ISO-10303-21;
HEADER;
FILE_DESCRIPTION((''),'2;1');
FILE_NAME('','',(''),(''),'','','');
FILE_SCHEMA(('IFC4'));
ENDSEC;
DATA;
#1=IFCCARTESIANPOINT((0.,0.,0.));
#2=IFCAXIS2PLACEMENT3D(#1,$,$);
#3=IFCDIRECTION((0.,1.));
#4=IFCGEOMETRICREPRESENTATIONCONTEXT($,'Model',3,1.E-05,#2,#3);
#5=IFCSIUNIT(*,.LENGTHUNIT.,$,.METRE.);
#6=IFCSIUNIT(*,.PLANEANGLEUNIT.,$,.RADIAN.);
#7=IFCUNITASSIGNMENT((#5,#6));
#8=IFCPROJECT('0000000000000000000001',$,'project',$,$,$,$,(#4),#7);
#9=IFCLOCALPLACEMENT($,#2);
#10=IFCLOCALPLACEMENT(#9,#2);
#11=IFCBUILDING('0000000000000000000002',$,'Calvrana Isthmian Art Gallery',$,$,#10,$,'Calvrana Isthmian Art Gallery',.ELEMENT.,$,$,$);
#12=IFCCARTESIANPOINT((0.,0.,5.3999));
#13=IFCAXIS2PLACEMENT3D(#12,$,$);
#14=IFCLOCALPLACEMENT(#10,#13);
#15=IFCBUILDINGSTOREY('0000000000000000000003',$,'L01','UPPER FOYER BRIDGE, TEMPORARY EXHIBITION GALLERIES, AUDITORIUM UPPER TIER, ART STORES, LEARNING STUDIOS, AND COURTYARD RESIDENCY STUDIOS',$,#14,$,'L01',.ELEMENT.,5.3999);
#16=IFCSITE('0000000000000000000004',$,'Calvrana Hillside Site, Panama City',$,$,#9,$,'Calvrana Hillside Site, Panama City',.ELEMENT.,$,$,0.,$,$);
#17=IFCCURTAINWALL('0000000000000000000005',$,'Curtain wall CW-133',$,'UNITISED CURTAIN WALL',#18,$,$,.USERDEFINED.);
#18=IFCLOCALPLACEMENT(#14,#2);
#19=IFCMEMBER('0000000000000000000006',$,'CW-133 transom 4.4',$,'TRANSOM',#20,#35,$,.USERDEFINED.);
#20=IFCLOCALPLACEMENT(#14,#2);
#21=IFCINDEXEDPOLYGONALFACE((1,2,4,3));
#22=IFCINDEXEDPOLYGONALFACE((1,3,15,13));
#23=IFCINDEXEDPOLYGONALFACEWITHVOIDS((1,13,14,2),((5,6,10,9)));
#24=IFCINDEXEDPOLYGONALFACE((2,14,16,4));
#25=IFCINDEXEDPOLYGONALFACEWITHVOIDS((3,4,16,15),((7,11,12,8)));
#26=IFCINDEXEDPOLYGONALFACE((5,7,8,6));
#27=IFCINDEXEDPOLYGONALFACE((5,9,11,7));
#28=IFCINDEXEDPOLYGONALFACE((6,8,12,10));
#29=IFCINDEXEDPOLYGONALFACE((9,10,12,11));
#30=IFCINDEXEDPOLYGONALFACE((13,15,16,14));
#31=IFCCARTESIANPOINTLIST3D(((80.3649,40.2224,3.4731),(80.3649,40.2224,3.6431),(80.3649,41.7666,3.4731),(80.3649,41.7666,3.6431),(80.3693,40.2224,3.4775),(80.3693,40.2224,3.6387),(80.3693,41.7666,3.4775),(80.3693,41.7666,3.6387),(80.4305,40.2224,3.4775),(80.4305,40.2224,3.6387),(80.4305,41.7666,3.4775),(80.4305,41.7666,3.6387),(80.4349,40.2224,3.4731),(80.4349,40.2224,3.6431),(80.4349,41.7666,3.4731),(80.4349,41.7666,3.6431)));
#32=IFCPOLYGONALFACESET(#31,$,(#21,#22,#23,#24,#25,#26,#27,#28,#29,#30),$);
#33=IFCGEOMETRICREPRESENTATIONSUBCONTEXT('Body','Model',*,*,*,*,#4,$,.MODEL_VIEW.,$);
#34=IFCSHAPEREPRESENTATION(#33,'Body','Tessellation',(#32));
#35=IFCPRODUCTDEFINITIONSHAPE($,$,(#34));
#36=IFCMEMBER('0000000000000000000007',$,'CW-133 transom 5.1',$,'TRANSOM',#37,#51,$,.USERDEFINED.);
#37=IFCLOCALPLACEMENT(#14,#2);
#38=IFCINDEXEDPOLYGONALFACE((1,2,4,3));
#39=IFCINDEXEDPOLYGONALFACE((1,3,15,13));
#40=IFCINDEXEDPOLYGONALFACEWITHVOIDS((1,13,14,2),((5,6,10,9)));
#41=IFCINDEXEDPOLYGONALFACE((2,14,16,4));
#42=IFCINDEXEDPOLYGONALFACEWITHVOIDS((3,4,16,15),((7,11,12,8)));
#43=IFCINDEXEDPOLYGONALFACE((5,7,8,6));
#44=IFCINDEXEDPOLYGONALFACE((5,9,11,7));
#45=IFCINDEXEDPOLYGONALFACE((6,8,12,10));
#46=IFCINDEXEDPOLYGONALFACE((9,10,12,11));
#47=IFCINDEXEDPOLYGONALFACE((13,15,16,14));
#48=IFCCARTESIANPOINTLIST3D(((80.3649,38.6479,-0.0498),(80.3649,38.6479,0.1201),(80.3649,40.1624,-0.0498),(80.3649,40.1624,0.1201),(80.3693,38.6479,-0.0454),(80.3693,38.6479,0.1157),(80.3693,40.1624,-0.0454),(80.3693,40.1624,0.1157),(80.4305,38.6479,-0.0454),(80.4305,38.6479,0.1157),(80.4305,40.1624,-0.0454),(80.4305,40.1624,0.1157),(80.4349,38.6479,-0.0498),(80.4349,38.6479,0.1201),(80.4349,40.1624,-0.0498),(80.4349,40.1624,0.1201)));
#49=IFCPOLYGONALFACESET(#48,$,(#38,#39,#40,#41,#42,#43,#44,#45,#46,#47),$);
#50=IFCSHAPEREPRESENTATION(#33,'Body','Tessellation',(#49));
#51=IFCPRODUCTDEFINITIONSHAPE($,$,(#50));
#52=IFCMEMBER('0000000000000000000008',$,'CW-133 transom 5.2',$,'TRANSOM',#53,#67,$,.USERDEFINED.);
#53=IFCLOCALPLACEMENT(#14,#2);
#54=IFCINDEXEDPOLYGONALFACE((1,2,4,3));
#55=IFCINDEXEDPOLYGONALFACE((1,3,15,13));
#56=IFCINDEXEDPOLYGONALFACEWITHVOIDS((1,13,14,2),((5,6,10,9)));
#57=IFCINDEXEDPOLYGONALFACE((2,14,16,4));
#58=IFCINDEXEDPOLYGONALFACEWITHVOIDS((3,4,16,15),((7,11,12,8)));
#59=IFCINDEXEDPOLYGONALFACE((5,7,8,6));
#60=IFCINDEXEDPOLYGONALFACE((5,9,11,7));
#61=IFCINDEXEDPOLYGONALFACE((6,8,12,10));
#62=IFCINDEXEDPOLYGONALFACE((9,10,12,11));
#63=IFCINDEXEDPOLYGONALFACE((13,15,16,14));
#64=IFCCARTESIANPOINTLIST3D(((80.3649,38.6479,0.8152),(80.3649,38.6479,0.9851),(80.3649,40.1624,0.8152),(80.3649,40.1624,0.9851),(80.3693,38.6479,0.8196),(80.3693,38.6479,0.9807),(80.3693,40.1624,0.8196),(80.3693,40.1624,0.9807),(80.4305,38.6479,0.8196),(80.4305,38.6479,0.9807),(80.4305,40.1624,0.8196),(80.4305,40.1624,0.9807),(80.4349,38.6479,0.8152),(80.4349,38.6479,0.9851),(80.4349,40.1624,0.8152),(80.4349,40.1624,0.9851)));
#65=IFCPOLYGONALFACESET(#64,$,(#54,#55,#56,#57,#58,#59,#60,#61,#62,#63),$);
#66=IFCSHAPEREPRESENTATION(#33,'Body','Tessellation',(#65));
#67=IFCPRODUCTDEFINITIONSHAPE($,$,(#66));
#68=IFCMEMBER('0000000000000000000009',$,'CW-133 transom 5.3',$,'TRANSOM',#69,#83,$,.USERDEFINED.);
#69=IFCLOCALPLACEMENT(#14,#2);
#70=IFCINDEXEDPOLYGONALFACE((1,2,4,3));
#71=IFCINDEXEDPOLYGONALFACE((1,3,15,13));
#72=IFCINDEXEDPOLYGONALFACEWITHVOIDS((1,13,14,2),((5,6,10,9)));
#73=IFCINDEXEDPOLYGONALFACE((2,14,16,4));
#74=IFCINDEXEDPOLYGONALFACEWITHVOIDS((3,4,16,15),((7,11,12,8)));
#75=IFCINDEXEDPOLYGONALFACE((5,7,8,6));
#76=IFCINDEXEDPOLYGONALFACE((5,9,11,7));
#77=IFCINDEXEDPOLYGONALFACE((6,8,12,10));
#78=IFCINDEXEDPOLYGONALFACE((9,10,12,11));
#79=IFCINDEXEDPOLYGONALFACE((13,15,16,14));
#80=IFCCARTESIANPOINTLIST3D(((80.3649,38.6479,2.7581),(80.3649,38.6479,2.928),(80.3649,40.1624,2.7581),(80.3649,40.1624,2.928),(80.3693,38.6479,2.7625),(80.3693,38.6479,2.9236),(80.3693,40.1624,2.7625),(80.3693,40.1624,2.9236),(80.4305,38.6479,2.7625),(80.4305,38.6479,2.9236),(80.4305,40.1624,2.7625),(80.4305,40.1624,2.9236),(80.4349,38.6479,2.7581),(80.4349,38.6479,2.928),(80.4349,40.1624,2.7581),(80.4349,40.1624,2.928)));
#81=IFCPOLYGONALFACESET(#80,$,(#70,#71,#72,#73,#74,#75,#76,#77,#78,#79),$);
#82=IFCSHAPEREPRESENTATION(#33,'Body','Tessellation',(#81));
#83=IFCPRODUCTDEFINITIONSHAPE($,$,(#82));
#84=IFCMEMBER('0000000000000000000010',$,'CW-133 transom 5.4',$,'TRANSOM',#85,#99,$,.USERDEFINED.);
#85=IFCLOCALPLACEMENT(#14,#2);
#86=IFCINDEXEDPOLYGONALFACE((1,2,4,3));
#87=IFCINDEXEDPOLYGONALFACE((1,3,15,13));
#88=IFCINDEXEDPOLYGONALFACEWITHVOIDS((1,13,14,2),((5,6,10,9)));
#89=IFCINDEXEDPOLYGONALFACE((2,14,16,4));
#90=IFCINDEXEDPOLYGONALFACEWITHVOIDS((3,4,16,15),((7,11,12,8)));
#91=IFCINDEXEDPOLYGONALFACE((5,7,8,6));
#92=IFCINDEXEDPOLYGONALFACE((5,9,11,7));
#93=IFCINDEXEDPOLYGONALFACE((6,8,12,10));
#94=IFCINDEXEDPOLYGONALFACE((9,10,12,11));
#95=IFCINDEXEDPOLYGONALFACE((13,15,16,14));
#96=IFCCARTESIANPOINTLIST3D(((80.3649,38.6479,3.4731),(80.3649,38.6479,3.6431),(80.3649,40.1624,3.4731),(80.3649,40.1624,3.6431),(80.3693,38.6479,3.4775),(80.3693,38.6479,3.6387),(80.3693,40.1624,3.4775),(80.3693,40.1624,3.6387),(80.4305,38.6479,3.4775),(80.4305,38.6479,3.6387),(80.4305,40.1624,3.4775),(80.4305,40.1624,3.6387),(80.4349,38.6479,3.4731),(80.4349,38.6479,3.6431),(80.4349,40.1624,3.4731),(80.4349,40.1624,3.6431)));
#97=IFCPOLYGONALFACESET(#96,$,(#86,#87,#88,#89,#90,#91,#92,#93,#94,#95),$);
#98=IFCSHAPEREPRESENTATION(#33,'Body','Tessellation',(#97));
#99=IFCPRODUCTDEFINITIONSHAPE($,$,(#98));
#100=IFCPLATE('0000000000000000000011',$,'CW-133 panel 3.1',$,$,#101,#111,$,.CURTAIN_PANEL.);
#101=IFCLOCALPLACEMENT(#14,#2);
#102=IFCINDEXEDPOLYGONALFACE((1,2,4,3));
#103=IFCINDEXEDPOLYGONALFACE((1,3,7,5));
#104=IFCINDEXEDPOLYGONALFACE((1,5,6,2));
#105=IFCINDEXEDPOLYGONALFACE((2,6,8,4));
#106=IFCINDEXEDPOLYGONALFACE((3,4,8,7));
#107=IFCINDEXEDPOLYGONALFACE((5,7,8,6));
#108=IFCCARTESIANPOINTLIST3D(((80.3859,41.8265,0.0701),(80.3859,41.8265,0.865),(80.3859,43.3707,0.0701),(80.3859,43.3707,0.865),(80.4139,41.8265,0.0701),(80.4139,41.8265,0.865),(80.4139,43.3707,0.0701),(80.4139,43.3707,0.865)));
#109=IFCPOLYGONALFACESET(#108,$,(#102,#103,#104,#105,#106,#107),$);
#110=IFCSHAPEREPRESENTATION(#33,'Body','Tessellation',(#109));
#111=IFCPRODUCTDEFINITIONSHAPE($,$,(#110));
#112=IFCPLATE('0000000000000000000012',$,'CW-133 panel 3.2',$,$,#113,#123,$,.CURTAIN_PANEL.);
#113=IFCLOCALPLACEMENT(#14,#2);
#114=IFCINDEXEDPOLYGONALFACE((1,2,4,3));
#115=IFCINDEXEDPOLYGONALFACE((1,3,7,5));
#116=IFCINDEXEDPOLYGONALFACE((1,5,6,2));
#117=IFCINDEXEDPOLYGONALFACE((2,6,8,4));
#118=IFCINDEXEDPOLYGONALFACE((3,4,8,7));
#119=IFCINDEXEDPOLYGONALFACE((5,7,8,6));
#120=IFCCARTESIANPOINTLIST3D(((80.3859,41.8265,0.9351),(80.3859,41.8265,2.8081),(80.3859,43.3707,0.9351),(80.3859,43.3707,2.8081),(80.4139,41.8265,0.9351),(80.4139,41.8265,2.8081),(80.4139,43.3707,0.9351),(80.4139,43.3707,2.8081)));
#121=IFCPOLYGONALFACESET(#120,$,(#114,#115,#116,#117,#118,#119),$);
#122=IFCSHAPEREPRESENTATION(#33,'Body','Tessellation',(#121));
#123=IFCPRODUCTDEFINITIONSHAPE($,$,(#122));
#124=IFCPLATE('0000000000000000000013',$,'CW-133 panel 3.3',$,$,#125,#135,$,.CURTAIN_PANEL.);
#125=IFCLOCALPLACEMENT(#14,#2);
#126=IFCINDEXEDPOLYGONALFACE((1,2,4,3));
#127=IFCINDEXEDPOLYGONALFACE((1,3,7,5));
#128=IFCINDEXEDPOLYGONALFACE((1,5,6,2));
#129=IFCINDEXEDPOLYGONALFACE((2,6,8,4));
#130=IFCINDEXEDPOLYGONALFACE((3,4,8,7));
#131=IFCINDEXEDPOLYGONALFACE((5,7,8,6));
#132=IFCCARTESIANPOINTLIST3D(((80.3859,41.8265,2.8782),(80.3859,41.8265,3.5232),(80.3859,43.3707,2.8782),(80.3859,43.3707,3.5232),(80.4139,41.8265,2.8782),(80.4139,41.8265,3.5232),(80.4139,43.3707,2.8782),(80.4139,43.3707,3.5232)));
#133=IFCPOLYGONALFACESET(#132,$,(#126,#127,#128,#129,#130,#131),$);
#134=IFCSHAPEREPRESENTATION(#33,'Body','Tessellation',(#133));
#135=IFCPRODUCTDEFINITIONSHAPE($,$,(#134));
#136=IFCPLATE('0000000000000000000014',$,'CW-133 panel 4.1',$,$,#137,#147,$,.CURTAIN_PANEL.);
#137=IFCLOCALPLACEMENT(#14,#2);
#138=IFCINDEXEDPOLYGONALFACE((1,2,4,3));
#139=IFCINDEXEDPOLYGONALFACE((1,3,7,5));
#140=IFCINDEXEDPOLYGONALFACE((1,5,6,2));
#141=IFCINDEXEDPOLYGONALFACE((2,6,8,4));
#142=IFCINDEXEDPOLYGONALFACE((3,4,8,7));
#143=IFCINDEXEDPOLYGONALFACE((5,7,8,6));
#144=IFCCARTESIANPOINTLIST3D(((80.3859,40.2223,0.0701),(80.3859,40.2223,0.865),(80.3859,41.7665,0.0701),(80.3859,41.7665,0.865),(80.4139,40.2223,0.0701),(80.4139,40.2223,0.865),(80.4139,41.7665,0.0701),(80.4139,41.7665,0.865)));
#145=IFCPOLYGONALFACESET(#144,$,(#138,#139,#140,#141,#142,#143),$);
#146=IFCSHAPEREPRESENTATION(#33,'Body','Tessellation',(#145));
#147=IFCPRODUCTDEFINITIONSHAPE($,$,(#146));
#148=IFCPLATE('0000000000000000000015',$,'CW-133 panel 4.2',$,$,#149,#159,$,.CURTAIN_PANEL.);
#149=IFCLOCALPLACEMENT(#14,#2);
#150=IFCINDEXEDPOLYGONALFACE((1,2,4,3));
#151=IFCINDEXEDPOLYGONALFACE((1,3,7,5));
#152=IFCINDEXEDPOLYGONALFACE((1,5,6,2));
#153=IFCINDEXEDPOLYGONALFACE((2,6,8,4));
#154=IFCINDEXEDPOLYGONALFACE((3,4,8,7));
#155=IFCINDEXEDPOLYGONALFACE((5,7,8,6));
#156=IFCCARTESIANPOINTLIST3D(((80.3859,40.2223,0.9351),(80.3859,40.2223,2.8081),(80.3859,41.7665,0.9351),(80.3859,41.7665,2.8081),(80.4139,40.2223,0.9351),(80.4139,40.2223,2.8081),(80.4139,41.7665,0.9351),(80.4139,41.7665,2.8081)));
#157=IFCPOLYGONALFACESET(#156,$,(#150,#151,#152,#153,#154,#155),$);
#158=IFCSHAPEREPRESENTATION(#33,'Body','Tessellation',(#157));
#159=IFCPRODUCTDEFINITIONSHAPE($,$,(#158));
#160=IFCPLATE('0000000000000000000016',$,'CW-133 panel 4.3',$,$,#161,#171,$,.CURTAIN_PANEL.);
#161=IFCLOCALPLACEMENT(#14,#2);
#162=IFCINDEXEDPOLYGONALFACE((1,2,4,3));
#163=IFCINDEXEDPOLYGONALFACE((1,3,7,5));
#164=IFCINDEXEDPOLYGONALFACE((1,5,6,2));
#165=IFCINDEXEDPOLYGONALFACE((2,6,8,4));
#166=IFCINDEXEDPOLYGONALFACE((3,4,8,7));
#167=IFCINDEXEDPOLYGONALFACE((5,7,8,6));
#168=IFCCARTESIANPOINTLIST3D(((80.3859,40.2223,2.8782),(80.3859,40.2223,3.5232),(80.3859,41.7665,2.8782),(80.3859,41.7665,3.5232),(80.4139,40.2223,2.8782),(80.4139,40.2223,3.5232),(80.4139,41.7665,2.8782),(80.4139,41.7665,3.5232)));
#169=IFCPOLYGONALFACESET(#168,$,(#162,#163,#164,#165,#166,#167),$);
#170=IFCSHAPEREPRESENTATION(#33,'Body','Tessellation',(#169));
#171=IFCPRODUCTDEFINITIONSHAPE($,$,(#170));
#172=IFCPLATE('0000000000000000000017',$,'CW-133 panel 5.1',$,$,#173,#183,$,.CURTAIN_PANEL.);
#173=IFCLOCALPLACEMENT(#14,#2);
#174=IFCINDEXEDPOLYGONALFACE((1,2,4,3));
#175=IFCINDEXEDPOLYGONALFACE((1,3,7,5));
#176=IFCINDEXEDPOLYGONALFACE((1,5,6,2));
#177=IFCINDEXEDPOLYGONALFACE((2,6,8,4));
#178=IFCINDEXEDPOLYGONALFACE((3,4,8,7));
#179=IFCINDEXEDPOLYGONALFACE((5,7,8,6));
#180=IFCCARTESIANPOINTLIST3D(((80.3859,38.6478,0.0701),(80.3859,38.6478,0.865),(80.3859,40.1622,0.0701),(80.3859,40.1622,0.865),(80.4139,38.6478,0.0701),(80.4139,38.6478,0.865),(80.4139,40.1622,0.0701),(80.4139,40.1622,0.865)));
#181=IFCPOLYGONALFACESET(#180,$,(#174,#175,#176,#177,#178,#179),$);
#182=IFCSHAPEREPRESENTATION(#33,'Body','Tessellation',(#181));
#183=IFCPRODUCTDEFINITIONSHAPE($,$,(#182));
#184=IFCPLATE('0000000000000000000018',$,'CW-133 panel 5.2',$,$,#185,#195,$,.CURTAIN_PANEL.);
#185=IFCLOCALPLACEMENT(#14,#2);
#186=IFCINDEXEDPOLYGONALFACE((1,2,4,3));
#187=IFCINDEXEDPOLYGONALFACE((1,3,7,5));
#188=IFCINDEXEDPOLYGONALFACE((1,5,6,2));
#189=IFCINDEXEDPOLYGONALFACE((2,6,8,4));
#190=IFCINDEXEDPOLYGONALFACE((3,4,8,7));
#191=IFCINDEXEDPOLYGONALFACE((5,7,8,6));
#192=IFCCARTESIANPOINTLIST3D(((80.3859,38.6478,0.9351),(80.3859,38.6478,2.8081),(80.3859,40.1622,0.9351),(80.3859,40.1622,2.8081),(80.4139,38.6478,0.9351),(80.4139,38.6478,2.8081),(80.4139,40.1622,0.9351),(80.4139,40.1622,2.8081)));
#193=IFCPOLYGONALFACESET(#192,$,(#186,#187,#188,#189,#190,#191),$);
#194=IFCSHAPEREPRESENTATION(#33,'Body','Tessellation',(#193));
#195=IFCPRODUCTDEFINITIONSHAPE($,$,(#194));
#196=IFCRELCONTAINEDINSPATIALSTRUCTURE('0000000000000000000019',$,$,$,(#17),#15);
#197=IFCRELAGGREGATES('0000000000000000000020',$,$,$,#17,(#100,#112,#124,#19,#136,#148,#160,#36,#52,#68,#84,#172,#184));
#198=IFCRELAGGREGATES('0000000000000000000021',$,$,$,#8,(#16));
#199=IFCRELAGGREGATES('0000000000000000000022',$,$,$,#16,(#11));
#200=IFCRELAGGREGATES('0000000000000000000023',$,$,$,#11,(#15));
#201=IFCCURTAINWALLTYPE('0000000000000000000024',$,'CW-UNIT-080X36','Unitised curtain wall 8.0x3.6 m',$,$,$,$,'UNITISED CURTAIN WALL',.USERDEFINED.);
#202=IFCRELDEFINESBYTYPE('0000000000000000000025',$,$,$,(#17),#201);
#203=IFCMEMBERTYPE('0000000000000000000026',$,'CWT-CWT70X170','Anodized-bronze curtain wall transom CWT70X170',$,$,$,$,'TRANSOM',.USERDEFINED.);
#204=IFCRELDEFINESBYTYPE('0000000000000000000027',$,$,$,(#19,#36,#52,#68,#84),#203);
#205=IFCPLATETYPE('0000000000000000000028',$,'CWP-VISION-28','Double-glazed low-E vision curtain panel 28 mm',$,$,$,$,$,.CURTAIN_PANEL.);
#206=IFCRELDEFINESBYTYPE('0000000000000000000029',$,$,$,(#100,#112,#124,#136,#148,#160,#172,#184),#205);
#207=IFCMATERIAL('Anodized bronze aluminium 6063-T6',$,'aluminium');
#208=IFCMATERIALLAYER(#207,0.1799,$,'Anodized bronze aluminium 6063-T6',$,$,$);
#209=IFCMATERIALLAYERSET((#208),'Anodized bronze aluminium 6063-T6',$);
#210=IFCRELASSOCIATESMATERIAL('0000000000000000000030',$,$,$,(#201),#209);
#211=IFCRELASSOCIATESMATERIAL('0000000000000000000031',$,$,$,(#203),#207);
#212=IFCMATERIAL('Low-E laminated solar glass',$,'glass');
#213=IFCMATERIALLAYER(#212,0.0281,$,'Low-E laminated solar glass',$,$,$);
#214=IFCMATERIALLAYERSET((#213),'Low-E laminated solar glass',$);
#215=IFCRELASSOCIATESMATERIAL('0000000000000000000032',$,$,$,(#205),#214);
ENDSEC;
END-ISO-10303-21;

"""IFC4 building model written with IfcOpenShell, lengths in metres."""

from ifc_helpers import new_model, si_unit, direction, frame, origin, origin_2d, place, context, subcontext, project, spatial, rectangle, hollow_rectangle, extrude, material, layer, layer_set, material_profile, profile_set, type_object, element, aggregate, save


model = new_model("IFC4")

# Units and contexts
model_context = context("Model", 3, precision=1e-05, world=origin(), true_north=direction((0.0, 1.0)))
body_context = subcontext(model_context, "Body", "Model", "MODEL_VIEW")
ifc_project = project(units=[si_unit("LENGTHUNIT", "METRE"), si_unit("PLANEANGLEUNIT", "RADIAN")], contexts=[model_context])

# Site, building, storey
site_placement = place(None, origin())
site = spatial("IfcSite", under=ifc_project, at=site_placement, Name="Calvrana Hillside Site, Panama City", LongName="Calvrana Hillside Site, Panama City", CompositionType="ELEMENT", RefElevation=0.0)
building_placement = place(site_placement, origin())
building = spatial("IfcBuilding", under=site, at=building_placement, Name="Calvrana Isthmian Art Gallery", LongName="Calvrana Isthmian Art Gallery", CompositionType="ELEMENT")
storey_placement = place(building_placement, frame((0.0, 0.0, 5.3999)))
storey = spatial("IfcBuildingStorey", under=building, at=storey_placement, Name="L01", Description="UPPER FOYER BRIDGE, TEMPORARY EXHIBITION GALLERIES, AUDITORIUM UPPER TIER, ART STORES, LEARNING STUDIOS, AND COURTYARD RESIDENCY STUDIOS", LongName="L01", CompositionType="ELEMENT", Elevation=5.3999)

# Shared definitions
ifc_material_1 = material(Name="Anodized bronze aluminium 6063-T6", Category="aluminium")

# Curtain wall
ifc_layer_1 = layer(ifc_material_1, 0.1799, Name="Anodized bronze aluminium 6063-T6")
ifc_layer_set_1 = layer_set([ifc_layer_1], Name="Anodized bronze aluminium 6063-T6")
curtain_wall_type_1 = type_object("IfcCurtainWallType", Name="CW-UNIT-080X36", Description="Unitised curtain wall 8.0x3.6 m", ElementType="UNITISED CURTAIN WALL", PredefinedType="USERDEFINED", material=ifc_layer_set_1)
curtain_wall_1_placement = place(storey_placement, origin())
curtain_wall_1 = element("IfcCurtainWall", 1, at=curtain_wall_1_placement, inside=storey, type_object=curtain_wall_type_1, Name="Curtain wall CW-133", ObjectType="UNITISED CURTAIN WALL", PredefinedType="USERDEFINED")

# Members
ifc_material_profile_1 = material_profile(ifc_material_1, hollow_rectangle(XDim=0.0701, YDim=0.1699, WallThickness=0.0044, at=origin_2d()), Name="CWT70X170")
ifc_profile_set_1 = profile_set([ifc_material_profile_1], Name="Anodized bronze aluminium 6063-T6")
member_type_1 = type_object("IfcMemberType", Name="CWT-CWT70X170", Description="Anodized-bronze curtain wall transom CWT70X170", ElementType="TRANSOM", PredefinedType="USERDEFINED", material=ifc_profile_set_1)
member_1_placement = place(storey_placement, frame((80.3999, 41.7666, 3.5581), z_axis=(0.0, -1.0, 0.0), x_axis=(1.0, 0.0, 0.0)))
member_1 = element("IfcMember", 2, at=member_1_placement, type_object=member_type_1, Name="CW-133 transom 4.4", ObjectType="TRANSOM", PredefinedType="USERDEFINED", context=body_context, shape_type="SweptSolid", body=[
    extrude(hollow_rectangle(XDim=0.0701, YDim=0.1699, WallThickness=0.0044, at=origin_2d()), origin(), (0.0, 0.0, 1.0), 1.5442),
])
member_2_placement = place(storey_placement, frame((80.3999, 40.1624, 0.0352), z_axis=(0.0, -1.0, 0.0), x_axis=(1.0, 0.0, 0.0)))
member_2 = element("IfcMember", 3, at=member_2_placement, type_object=member_type_1, Name="CW-133 transom 5.1", ObjectType="TRANSOM", PredefinedType="USERDEFINED", context=body_context, shape_type="SweptSolid", body=[
    extrude(hollow_rectangle(XDim=0.0701, YDim=0.1699, WallThickness=0.0044, at=origin_2d()), origin(), (0.0, 0.0, 1.0), 1.5144),
])
member_3_placement = place(storey_placement, frame((80.3999, 40.1624, 0.9001), z_axis=(0.0, -1.0, 0.0), x_axis=(1.0, 0.0, 0.0)))
member_3 = element("IfcMember", 4, at=member_3_placement, type_object=member_type_1, Name="CW-133 transom 5.2", ObjectType="TRANSOM", PredefinedType="USERDEFINED", context=body_context, shape_type="SweptSolid", body=[
    extrude(hollow_rectangle(XDim=0.0701, YDim=0.1699, WallThickness=0.0044, at=origin_2d()), origin(), (0.0, 0.0, 1.0), 1.5144),
])
member_4_placement = place(storey_placement, frame((80.3999, 40.1624, 2.843), z_axis=(0.0, -1.0, 0.0), x_axis=(1.0, 0.0, 0.0)))
member_4 = element("IfcMember", 5, at=member_4_placement, type_object=member_type_1, Name="CW-133 transom 5.3", ObjectType="TRANSOM", PredefinedType="USERDEFINED", context=body_context, shape_type="SweptSolid", body=[
    extrude(hollow_rectangle(XDim=0.0701, YDim=0.1699, WallThickness=0.0044, at=origin_2d()), origin(), (0.0, 0.0, 1.0), 1.5144),
])
member_5_placement = place(storey_placement, frame((80.3999, 40.1624, 3.5581), z_axis=(0.0, -1.0, 0.0), x_axis=(1.0, 0.0, 0.0)))
member_5 = element("IfcMember", 6, at=member_5_placement, type_object=member_type_1, Name="CW-133 transom 5.4", ObjectType="TRANSOM", PredefinedType="USERDEFINED", context=body_context, shape_type="SweptSolid", body=[
    extrude(hollow_rectangle(XDim=0.0701, YDim=0.1699, WallThickness=0.0044, at=origin_2d()), origin(), (0.0, 0.0, 1.0), 1.5144),
])

# Plates
ifc_material_2 = material(Name="Low-E laminated solar glass", Category="glass")
ifc_layer_2 = layer(ifc_material_2, 0.0281, Name="Low-E laminated solar glass")
ifc_layer_set_2 = layer_set([ifc_layer_2], Name="Low-E laminated solar glass")
plate_type = type_object("IfcPlateType", Name="CWP-VISION-28", Description="Double-glazed low-E vision curtain panel 28 mm", PredefinedType="CURTAIN_PANEL", material=ifc_layer_set_2)
plate_1_placement = place(storey_placement, frame((80.3999, 42.5986, 0.0701), z_axis=(0.0, 0.0, 1.0), x_axis=(0.0, -1.0, 0.0)))
plate_1 = element("IfcPlate", 7, at=plate_1_placement, type_object=plate_type, Name="CW-133 panel 3.1", PredefinedType="CURTAIN_PANEL", context=body_context, shape_type="SweptSolid", body=[
    extrude(rectangle(XDim=1.5442, YDim=0.0281, at=origin_2d()), origin(), (0.0, 0.0, 1.0), 0.7949),
])
plate_2_placement = place(storey_placement, frame((80.3999, 42.5986, 0.9351), z_axis=(0.0, 0.0, 1.0), x_axis=(0.0, -1.0, 0.0)))
plate_2 = element("IfcPlate", 8, at=plate_2_placement, type_object=plate_type, Name="CW-133 panel 3.2", PredefinedType="CURTAIN_PANEL", context=body_context, shape_type="SweptSolid", body=[
    extrude(rectangle(XDim=1.5442, YDim=0.0281, at=origin_2d()), origin(), (0.0, 0.0, 1.0), 1.873),
])
plate_3_placement = place(storey_placement, frame((80.3999, 42.5986, 2.8782), z_axis=(0.0, 0.0, 1.0), x_axis=(0.0, -1.0, 0.0)))
plate_3 = element("IfcPlate", 9, at=plate_3_placement, type_object=plate_type, Name="CW-133 panel 3.3", PredefinedType="CURTAIN_PANEL", context=body_context, shape_type="SweptSolid", body=[
    extrude(rectangle(XDim=1.5442, YDim=0.0281, at=origin_2d()), origin(), (0.0, 0.0, 1.0), 0.645),
])
plate_4_placement = place(storey_placement, frame((80.3999, 40.9944, 0.0701), z_axis=(0.0, 0.0, 1.0), x_axis=(0.0, -1.0, 0.0)))
plate_4 = element("IfcPlate", 10, at=plate_4_placement, type_object=plate_type, Name="CW-133 panel 4.1", PredefinedType="CURTAIN_PANEL", context=body_context, shape_type="SweptSolid", body=[
    extrude(rectangle(XDim=1.5442, YDim=0.0281, at=origin_2d()), origin(), (0.0, 0.0, 1.0), 0.7949),
])
plate_5_placement = place(storey_placement, frame((80.3999, 40.9944, 0.9351), z_axis=(0.0, 0.0, 1.0), x_axis=(0.0, -1.0, 0.0)))
plate_5 = element("IfcPlate", 11, at=plate_5_placement, type_object=plate_type, Name="CW-133 panel 4.2", PredefinedType="CURTAIN_PANEL", context=body_context, shape_type="SweptSolid", body=[
    extrude(rectangle(XDim=1.5442, YDim=0.0281, at=origin_2d()), origin(), (0.0, 0.0, 1.0), 1.873),
])
plate_6_placement = place(storey_placement, frame((80.3999, 40.9944, 2.8782), z_axis=(0.0, 0.0, 1.0), x_axis=(0.0, -1.0, 0.0)))
plate_6 = element("IfcPlate", 12, at=plate_6_placement, type_object=plate_type, Name="CW-133 panel 4.3", PredefinedType="CURTAIN_PANEL", context=body_context, shape_type="SweptSolid", body=[
    extrude(rectangle(XDim=1.5442, YDim=0.0281, at=origin_2d()), origin(), (0.0, 0.0, 1.0), 0.645),
])
plate_7_placement = place(storey_placement, frame((80.3999, 39.405, 0.0701), z_axis=(0.0, 0.0, 1.0), x_axis=(0.0, -1.0, 0.0)))
plate_7 = element("IfcPlate", 13, at=plate_7_placement, type_object=plate_type, Name="CW-133 panel 5.1", PredefinedType="CURTAIN_PANEL", context=body_context, shape_type="SweptSolid", body=[
    extrude(rectangle(XDim=1.5144, YDim=0.0281, at=origin_2d()), origin(), (0.0, 0.0, 1.0), 0.7949),
])
plate_8_placement = place(storey_placement, frame((80.3999, 39.405, 0.9351), z_axis=(0.0, 0.0, 1.0), x_axis=(0.0, -1.0, 0.0)))
plate_8 = element("IfcPlate", 14, at=plate_8_placement, type_object=plate_type, Name="CW-133 panel 5.2", PredefinedType="CURTAIN_PANEL", context=body_context, shape_type="SweptSolid", body=[
    extrude(rectangle(XDim=1.5144, YDim=0.0281, at=origin_2d()), origin(), (0.0, 0.0, 1.0), 1.873),
])
aggregate(curtain_wall_1, [plate_1, plate_2, plate_3, member_1, plate_4, plate_5, plate_6, member_2, member_3, member_4, member_5, plate_7, plate_8])

save(model, "model.ifc")
